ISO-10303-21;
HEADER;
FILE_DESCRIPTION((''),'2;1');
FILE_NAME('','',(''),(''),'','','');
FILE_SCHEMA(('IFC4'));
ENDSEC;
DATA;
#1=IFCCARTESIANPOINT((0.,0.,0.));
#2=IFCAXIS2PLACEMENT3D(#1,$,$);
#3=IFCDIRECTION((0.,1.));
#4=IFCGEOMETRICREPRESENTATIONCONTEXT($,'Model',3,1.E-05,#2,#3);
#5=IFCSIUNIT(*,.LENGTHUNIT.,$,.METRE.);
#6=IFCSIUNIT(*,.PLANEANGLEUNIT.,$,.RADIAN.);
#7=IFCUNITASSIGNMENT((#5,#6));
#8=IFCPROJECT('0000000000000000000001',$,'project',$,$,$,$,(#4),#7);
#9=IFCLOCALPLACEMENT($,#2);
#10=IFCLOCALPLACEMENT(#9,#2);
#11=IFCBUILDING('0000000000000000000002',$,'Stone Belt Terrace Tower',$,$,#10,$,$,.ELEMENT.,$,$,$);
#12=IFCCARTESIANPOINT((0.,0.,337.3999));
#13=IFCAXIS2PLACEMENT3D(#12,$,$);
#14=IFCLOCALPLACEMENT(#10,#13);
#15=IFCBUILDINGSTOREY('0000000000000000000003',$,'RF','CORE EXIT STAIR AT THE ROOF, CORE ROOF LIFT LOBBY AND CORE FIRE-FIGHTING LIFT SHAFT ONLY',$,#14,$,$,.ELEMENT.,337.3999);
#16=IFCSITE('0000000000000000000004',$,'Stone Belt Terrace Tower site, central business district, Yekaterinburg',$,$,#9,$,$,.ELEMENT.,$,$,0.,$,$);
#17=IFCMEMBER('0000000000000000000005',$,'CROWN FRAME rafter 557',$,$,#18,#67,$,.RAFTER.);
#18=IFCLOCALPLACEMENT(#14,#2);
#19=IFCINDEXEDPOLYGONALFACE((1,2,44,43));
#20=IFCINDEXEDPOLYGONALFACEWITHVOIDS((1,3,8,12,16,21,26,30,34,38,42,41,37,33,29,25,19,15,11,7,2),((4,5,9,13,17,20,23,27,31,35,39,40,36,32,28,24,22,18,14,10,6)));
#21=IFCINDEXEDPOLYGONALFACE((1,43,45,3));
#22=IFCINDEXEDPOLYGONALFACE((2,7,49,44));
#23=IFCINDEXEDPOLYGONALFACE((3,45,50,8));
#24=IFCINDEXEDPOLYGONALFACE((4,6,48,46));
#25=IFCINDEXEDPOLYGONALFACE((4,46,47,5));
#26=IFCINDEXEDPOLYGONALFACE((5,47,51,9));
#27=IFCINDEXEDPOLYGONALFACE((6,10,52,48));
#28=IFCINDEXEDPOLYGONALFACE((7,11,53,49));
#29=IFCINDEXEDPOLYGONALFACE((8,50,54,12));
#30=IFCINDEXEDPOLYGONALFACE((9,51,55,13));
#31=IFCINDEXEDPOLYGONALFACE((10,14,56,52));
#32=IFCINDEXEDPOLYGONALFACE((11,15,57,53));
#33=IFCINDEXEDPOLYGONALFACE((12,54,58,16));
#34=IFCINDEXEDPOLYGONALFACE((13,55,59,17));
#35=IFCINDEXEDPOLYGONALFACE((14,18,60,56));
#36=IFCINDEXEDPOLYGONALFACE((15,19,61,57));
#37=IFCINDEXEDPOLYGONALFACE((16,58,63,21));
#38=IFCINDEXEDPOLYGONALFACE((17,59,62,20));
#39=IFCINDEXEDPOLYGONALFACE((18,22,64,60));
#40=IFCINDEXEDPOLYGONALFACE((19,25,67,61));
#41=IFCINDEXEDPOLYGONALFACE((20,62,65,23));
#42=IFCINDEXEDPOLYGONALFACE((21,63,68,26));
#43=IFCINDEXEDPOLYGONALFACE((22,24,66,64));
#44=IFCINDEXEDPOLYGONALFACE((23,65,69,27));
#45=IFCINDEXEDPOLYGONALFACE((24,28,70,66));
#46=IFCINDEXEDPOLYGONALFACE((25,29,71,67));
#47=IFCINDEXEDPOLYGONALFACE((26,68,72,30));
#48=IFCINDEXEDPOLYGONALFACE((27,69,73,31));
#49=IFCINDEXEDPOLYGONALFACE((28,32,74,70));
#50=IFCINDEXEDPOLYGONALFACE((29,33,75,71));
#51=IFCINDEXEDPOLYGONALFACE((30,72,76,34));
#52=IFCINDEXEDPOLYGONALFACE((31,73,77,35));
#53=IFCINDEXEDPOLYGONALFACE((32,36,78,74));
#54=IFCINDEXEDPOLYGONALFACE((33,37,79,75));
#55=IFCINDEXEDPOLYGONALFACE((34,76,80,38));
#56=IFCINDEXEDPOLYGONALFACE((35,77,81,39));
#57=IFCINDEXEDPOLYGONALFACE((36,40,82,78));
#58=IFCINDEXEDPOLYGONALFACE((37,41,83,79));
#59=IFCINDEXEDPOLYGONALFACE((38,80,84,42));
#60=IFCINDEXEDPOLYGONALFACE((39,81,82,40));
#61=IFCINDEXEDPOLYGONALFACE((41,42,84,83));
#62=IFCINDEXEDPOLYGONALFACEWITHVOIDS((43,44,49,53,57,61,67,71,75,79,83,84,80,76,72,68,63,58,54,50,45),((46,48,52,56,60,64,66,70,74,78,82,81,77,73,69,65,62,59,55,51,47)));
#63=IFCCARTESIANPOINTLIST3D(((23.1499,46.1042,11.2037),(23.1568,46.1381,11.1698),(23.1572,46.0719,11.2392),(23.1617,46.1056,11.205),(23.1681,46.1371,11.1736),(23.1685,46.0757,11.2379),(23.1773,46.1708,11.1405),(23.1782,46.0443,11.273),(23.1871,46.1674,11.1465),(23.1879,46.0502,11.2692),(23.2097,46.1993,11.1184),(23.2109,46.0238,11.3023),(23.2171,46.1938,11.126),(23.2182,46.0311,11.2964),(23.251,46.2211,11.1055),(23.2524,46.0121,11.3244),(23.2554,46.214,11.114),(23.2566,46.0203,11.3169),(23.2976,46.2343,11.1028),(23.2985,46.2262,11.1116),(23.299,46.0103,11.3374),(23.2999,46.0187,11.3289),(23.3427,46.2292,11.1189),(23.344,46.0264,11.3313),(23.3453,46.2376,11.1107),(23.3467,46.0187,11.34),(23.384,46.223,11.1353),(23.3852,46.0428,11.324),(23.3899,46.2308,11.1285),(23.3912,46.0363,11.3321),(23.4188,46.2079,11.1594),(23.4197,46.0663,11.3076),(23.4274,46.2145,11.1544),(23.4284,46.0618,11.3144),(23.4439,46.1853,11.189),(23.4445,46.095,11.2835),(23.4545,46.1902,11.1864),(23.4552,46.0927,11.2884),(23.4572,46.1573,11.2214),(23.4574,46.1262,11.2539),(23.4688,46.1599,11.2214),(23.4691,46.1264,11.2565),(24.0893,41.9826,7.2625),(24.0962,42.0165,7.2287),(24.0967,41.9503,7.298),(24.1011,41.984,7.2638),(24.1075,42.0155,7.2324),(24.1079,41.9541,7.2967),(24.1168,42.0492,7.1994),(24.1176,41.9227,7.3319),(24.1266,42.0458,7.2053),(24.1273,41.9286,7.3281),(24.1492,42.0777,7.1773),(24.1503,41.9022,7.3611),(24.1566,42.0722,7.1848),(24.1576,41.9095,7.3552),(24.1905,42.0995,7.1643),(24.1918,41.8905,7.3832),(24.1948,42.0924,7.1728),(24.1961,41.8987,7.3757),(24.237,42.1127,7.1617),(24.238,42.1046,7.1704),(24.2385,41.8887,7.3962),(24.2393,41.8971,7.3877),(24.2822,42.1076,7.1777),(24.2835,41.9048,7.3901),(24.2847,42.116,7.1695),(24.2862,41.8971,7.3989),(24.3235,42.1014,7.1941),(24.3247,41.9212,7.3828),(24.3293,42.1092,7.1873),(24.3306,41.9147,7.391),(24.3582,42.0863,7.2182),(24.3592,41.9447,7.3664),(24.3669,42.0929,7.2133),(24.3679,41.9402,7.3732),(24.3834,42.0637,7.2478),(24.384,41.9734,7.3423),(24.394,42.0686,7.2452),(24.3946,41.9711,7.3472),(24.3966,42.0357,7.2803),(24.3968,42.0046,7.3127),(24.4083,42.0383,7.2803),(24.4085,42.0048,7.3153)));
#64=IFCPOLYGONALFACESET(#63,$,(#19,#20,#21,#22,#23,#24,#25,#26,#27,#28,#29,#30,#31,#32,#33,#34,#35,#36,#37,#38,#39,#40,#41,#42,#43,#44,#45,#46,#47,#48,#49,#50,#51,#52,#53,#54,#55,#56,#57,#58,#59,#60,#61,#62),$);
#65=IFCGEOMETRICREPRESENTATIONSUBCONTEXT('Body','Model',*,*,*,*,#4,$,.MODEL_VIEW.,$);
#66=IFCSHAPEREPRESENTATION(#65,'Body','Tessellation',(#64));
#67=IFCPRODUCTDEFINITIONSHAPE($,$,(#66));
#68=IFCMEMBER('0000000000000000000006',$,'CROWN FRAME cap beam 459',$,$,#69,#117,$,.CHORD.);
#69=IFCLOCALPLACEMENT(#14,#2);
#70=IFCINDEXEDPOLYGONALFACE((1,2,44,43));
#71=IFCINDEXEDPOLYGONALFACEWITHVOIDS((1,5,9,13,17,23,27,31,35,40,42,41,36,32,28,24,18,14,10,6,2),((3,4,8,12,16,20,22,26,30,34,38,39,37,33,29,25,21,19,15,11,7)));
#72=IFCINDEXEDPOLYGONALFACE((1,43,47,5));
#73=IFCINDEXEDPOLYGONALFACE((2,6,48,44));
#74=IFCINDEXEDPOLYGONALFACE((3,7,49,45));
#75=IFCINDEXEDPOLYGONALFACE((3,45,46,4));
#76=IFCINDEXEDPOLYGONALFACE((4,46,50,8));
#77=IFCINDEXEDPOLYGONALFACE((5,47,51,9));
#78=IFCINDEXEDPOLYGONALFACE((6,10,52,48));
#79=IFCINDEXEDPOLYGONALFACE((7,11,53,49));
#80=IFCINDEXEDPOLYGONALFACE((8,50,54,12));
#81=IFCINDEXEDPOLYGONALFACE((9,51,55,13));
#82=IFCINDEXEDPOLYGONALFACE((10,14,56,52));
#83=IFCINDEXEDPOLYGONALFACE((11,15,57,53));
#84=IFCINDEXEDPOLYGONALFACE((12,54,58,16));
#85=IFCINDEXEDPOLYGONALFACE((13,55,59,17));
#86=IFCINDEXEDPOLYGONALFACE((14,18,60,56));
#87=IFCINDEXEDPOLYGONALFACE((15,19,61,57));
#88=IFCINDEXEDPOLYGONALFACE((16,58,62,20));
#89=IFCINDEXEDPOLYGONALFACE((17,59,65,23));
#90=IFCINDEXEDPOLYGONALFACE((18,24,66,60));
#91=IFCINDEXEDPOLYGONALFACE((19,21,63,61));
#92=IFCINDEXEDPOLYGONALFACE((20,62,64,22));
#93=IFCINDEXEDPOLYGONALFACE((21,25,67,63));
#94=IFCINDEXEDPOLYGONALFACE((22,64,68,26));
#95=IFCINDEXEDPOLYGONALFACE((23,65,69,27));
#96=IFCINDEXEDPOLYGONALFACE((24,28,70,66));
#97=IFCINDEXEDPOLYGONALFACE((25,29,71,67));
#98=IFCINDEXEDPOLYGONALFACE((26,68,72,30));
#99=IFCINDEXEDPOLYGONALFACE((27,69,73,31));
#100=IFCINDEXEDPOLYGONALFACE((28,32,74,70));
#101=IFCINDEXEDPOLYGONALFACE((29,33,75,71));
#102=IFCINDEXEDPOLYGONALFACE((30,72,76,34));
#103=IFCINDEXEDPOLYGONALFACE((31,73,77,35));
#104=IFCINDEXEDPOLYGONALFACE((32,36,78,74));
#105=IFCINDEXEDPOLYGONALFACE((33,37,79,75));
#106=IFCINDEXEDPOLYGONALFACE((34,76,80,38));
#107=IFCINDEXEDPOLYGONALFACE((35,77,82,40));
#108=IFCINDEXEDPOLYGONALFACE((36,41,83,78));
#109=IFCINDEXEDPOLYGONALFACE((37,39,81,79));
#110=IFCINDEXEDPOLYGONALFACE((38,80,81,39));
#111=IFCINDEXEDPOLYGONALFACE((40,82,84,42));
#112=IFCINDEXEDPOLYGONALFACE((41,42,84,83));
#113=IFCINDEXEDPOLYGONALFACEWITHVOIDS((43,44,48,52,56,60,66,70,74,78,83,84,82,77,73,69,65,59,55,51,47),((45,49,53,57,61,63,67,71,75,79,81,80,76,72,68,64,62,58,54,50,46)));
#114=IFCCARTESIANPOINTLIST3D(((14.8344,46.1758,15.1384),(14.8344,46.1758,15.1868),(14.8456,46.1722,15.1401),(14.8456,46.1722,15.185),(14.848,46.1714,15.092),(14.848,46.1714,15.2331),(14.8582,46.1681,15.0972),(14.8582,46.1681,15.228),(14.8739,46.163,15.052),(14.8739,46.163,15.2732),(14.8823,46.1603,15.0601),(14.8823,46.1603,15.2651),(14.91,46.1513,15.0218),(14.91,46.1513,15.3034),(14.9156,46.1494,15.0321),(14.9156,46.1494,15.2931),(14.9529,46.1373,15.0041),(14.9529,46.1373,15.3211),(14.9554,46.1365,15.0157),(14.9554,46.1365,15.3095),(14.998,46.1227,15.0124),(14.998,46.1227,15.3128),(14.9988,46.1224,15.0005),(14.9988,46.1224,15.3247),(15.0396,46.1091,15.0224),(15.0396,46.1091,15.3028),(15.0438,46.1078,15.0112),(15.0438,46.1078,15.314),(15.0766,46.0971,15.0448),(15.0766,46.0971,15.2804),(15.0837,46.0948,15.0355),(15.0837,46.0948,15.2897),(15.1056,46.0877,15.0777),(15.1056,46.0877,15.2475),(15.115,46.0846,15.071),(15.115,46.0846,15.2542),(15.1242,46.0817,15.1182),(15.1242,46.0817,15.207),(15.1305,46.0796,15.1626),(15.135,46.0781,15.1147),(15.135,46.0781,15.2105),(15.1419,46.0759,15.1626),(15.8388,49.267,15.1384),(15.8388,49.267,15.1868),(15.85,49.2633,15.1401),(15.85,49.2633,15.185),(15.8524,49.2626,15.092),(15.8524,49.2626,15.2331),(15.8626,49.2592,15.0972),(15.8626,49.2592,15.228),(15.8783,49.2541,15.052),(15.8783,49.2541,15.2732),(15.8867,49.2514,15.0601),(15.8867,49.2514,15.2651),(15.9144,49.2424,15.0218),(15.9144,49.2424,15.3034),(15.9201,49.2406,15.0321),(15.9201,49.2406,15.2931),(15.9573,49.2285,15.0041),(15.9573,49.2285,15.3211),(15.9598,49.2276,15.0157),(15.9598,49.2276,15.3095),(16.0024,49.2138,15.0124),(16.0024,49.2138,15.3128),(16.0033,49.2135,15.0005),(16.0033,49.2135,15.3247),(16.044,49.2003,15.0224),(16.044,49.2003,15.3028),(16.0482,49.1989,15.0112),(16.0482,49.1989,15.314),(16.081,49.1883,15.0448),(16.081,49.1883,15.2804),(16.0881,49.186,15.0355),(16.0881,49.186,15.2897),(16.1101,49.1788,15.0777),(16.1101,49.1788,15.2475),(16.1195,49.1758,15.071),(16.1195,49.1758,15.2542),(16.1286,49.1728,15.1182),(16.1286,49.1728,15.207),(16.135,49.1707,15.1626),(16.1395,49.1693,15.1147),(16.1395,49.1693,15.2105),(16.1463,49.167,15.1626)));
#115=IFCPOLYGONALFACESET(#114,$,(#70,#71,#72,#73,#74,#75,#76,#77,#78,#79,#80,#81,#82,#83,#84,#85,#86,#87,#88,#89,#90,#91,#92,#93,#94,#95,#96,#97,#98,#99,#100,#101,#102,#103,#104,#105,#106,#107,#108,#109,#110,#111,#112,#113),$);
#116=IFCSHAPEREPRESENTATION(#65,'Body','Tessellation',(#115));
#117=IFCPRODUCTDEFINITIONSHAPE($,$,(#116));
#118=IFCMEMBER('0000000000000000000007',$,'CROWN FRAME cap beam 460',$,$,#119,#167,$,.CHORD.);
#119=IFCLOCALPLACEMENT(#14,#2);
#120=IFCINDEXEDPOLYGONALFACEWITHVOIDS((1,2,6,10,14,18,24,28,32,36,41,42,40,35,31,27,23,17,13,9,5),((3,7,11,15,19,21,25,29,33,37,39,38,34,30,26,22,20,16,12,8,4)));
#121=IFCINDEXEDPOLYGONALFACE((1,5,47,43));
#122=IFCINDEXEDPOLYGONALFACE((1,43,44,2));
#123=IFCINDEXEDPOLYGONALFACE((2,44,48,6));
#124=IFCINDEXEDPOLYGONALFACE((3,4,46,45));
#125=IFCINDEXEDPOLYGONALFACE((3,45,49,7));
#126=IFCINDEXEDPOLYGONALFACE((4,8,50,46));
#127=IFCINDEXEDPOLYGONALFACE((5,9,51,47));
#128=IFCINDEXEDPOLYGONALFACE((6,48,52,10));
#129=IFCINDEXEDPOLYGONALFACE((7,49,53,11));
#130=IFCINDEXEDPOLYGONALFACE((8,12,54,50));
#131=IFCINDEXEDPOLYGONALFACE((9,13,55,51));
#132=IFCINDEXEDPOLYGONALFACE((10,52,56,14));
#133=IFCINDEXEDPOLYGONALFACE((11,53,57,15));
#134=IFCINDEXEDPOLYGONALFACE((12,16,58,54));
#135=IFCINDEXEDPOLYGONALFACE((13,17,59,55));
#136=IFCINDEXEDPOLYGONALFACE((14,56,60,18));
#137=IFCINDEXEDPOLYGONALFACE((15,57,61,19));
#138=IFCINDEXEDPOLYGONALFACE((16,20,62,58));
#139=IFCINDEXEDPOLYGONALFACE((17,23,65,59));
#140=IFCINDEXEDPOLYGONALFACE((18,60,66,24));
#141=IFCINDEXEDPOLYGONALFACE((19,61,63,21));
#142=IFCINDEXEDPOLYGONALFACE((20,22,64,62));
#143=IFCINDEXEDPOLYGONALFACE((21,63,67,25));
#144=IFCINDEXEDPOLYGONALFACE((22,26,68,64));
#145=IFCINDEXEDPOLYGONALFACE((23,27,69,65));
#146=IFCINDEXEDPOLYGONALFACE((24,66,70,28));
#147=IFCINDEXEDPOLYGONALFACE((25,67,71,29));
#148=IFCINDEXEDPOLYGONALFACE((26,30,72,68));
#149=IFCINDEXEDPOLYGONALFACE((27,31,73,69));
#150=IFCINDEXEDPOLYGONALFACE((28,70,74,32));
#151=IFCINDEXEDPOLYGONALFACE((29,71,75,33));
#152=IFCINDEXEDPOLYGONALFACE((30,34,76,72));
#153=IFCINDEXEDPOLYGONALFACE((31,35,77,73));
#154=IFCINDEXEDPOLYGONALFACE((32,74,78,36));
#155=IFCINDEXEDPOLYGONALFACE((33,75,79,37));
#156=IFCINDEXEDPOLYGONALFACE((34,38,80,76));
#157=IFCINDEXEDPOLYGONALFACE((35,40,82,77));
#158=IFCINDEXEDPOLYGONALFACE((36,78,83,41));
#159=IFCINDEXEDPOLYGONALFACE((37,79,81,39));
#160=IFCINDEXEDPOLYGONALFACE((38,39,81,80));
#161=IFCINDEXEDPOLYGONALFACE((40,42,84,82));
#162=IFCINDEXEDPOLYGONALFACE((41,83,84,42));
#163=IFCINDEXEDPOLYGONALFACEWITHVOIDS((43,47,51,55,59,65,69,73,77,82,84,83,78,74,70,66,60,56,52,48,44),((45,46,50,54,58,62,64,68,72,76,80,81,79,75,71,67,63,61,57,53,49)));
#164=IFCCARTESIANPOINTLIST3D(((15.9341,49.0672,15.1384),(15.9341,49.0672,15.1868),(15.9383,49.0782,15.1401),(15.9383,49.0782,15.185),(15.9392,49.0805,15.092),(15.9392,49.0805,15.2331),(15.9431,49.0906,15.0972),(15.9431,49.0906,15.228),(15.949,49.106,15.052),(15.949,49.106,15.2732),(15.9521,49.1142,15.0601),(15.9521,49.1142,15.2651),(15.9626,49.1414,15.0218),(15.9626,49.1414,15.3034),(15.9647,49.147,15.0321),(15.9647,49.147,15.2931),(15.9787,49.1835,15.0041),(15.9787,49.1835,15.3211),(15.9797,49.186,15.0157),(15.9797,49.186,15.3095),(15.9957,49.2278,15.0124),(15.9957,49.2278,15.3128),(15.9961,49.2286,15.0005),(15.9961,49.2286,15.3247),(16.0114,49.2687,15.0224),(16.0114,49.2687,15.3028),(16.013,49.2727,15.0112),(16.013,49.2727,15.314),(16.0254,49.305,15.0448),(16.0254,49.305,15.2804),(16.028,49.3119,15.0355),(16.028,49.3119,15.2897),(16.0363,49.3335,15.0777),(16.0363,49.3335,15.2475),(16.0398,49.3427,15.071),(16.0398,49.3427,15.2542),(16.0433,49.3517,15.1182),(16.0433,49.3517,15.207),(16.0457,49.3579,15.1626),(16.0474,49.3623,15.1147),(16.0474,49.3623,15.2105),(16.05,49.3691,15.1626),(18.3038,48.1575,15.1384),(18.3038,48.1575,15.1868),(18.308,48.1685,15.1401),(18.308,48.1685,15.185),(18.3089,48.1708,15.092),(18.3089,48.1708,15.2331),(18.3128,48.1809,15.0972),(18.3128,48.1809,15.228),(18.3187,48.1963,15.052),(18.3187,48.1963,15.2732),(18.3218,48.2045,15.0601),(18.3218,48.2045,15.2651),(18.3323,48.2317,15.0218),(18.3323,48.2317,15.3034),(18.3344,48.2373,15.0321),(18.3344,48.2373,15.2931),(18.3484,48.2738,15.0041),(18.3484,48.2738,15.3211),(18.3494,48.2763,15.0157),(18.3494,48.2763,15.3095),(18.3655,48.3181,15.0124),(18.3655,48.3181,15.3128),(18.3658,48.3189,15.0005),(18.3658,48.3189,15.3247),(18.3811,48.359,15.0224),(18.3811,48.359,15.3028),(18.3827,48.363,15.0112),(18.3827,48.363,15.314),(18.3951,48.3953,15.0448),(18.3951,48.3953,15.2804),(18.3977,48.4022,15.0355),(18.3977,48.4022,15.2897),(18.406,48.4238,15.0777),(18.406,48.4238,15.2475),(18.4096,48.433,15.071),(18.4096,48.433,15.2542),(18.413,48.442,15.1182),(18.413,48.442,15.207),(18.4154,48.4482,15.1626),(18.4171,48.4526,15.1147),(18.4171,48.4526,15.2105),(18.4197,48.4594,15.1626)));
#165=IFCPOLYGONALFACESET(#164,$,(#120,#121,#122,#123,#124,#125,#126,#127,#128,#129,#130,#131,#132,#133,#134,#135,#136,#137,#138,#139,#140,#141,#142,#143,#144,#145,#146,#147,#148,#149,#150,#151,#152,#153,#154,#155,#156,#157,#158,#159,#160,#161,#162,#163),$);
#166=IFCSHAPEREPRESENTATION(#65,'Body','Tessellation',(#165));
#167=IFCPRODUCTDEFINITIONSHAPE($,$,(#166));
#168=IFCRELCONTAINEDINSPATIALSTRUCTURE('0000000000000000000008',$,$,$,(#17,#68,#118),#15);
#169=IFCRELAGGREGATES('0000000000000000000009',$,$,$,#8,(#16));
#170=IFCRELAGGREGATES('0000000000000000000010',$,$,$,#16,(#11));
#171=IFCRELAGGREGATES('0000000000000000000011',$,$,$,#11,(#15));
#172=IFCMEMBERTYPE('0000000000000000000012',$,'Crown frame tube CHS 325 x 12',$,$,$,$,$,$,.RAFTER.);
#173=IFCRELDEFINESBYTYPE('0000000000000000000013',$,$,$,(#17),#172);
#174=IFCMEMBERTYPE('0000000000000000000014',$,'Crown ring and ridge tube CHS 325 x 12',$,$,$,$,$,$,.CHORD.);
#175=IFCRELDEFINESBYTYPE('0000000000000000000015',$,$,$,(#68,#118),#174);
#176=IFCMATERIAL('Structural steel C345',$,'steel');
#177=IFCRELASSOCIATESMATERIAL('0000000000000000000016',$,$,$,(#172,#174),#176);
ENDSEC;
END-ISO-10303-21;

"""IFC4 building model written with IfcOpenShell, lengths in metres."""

from ifc_helpers import new_model, si_unit, direction, frame, origin, origin_2d, place, context, subcontext, project, spatial, hollow_circle, extrude, material, material_profile, profile_set, type_object, element, save


model = new_model("IFC4")

# Units and contexts
model_context = context("Model", 3, precision=1e-05, world=origin(), true_north=direction((0.0, 1.0)))
body_context = subcontext(model_context, "Body", "Model", "MODEL_VIEW")
ifc_project = project(units=[si_unit("LENGTHUNIT", "METRE"), si_unit("PLANEANGLEUNIT", "RADIAN")], contexts=[model_context])

# Site, building, storey
site_placement = place(None, origin())
site = spatial("IfcSite", under=ifc_project, at=site_placement, Name="Stone Belt Terrace Tower site, central business district, Yekaterinburg", CompositionType="ELEMENT", RefElevation=0.0)
building_placement = place(site_placement, origin())
building = spatial("IfcBuilding", under=site, at=building_placement, Name="Stone Belt Terrace Tower", CompositionType="ELEMENT")
storey_placement = place(building_placement, frame((0.0, 0.0, 337.3999)))
storey = spatial("IfcBuildingStorey", under=building, at=storey_placement, Name="RF", Description="CORE EXIT STAIR AT THE ROOF, CORE ROOF LIFT LOBBY AND CORE FIRE-FIGHTING LIFT SHAFT ONLY", CompositionType="ELEMENT", Elevation=337.3999)

# Members
ifc_material_1 = material(Name="Structural steel C345", Category="steel")
ifc_material_profile_1 = material_profile(ifc_material_1, hollow_circle(Radius=0.1626, WallThickness=0.012, at=origin_2d()), Name="Structural steel C345 CHS 325x12")
ifc_profile_set_1 = profile_set([ifc_material_profile_1], Name="Structural steel C345")
member_type_1 = type_object("IfcMemberType", Name="Crown frame tube CHS 325 x 12", PredefinedType="RAFTER", material=ifc_profile_set_1)
member_1_placement = place(storey_placement, frame((23.3103, 46.1238, 11.2214), z_axis=(0.162549, -0.713137, -0.681919), x_axis=(0.974993, 0.222235, 0.0)))
element("IfcMember", 1, at=member_1_placement, inside=storey, type_object=member_type_1, Name="CROWN FRAME rafter 557", PredefinedType="RAFTER", context=body_context, shape_type="SweptSolid", body=[
    extrude(hollow_circle(Radius=0.1626, WallThickness=0.012, at=origin_2d()), origin(), (0.0, 0.0, 1.0), 5.7795),
])
ifc_material_profile_2 = material_profile(ifc_material_1, hollow_circle(Radius=0.1626, WallThickness=0.012, at=origin_2d()), Name="Structural steel C345 CHS 325x12")
ifc_profile_set_2 = profile_set([ifc_material_profile_2], Name="Structural steel C345")
member_type_2 = type_object("IfcMemberType", Name="Crown ring and ridge tube CHS 325 x 12", PredefinedType="CHORD", material=ifc_profile_set_2)
member_2_placement = place(storey_placement, frame((15.9917, 49.2173, 15.1626), z_axis=(-0.30903, -0.951052, 0.0), x_axis=(0.951052, -0.30903, 0.0)))
element("IfcMember", 2, at=member_2_placement, inside=storey, type_object=member_type_2, Name="CROWN FRAME cap beam 459", PredefinedType="CHORD", context=body_context, shape_type="SweptSolid", body=[
    extrude(hollow_circle(Radius=0.1626, WallThickness=0.012, at=origin_2d()), origin(), (0.0, 0.0, 1.0), 3.2502),
])
member_3_placement = place(storey_placement, frame((15.9917, 49.2173, 15.1626), z_axis=(0.933573, -0.358386, 0.0), x_axis=(0.358386, 0.933573, 0.0)))
element("IfcMember", 3, at=member_3_placement, inside=storey, type_object=member_type_2, Name="CROWN FRAME cap beam 460", PredefinedType="CHORD", context=body_context, shape_type="SweptSolid", body=[
    extrude(hollow_circle(Radius=0.1626, WallThickness=0.012, at=origin_2d()), origin(), (0.0, 0.0, 1.0), 2.5383),
])

save(model, "model.ifc")
